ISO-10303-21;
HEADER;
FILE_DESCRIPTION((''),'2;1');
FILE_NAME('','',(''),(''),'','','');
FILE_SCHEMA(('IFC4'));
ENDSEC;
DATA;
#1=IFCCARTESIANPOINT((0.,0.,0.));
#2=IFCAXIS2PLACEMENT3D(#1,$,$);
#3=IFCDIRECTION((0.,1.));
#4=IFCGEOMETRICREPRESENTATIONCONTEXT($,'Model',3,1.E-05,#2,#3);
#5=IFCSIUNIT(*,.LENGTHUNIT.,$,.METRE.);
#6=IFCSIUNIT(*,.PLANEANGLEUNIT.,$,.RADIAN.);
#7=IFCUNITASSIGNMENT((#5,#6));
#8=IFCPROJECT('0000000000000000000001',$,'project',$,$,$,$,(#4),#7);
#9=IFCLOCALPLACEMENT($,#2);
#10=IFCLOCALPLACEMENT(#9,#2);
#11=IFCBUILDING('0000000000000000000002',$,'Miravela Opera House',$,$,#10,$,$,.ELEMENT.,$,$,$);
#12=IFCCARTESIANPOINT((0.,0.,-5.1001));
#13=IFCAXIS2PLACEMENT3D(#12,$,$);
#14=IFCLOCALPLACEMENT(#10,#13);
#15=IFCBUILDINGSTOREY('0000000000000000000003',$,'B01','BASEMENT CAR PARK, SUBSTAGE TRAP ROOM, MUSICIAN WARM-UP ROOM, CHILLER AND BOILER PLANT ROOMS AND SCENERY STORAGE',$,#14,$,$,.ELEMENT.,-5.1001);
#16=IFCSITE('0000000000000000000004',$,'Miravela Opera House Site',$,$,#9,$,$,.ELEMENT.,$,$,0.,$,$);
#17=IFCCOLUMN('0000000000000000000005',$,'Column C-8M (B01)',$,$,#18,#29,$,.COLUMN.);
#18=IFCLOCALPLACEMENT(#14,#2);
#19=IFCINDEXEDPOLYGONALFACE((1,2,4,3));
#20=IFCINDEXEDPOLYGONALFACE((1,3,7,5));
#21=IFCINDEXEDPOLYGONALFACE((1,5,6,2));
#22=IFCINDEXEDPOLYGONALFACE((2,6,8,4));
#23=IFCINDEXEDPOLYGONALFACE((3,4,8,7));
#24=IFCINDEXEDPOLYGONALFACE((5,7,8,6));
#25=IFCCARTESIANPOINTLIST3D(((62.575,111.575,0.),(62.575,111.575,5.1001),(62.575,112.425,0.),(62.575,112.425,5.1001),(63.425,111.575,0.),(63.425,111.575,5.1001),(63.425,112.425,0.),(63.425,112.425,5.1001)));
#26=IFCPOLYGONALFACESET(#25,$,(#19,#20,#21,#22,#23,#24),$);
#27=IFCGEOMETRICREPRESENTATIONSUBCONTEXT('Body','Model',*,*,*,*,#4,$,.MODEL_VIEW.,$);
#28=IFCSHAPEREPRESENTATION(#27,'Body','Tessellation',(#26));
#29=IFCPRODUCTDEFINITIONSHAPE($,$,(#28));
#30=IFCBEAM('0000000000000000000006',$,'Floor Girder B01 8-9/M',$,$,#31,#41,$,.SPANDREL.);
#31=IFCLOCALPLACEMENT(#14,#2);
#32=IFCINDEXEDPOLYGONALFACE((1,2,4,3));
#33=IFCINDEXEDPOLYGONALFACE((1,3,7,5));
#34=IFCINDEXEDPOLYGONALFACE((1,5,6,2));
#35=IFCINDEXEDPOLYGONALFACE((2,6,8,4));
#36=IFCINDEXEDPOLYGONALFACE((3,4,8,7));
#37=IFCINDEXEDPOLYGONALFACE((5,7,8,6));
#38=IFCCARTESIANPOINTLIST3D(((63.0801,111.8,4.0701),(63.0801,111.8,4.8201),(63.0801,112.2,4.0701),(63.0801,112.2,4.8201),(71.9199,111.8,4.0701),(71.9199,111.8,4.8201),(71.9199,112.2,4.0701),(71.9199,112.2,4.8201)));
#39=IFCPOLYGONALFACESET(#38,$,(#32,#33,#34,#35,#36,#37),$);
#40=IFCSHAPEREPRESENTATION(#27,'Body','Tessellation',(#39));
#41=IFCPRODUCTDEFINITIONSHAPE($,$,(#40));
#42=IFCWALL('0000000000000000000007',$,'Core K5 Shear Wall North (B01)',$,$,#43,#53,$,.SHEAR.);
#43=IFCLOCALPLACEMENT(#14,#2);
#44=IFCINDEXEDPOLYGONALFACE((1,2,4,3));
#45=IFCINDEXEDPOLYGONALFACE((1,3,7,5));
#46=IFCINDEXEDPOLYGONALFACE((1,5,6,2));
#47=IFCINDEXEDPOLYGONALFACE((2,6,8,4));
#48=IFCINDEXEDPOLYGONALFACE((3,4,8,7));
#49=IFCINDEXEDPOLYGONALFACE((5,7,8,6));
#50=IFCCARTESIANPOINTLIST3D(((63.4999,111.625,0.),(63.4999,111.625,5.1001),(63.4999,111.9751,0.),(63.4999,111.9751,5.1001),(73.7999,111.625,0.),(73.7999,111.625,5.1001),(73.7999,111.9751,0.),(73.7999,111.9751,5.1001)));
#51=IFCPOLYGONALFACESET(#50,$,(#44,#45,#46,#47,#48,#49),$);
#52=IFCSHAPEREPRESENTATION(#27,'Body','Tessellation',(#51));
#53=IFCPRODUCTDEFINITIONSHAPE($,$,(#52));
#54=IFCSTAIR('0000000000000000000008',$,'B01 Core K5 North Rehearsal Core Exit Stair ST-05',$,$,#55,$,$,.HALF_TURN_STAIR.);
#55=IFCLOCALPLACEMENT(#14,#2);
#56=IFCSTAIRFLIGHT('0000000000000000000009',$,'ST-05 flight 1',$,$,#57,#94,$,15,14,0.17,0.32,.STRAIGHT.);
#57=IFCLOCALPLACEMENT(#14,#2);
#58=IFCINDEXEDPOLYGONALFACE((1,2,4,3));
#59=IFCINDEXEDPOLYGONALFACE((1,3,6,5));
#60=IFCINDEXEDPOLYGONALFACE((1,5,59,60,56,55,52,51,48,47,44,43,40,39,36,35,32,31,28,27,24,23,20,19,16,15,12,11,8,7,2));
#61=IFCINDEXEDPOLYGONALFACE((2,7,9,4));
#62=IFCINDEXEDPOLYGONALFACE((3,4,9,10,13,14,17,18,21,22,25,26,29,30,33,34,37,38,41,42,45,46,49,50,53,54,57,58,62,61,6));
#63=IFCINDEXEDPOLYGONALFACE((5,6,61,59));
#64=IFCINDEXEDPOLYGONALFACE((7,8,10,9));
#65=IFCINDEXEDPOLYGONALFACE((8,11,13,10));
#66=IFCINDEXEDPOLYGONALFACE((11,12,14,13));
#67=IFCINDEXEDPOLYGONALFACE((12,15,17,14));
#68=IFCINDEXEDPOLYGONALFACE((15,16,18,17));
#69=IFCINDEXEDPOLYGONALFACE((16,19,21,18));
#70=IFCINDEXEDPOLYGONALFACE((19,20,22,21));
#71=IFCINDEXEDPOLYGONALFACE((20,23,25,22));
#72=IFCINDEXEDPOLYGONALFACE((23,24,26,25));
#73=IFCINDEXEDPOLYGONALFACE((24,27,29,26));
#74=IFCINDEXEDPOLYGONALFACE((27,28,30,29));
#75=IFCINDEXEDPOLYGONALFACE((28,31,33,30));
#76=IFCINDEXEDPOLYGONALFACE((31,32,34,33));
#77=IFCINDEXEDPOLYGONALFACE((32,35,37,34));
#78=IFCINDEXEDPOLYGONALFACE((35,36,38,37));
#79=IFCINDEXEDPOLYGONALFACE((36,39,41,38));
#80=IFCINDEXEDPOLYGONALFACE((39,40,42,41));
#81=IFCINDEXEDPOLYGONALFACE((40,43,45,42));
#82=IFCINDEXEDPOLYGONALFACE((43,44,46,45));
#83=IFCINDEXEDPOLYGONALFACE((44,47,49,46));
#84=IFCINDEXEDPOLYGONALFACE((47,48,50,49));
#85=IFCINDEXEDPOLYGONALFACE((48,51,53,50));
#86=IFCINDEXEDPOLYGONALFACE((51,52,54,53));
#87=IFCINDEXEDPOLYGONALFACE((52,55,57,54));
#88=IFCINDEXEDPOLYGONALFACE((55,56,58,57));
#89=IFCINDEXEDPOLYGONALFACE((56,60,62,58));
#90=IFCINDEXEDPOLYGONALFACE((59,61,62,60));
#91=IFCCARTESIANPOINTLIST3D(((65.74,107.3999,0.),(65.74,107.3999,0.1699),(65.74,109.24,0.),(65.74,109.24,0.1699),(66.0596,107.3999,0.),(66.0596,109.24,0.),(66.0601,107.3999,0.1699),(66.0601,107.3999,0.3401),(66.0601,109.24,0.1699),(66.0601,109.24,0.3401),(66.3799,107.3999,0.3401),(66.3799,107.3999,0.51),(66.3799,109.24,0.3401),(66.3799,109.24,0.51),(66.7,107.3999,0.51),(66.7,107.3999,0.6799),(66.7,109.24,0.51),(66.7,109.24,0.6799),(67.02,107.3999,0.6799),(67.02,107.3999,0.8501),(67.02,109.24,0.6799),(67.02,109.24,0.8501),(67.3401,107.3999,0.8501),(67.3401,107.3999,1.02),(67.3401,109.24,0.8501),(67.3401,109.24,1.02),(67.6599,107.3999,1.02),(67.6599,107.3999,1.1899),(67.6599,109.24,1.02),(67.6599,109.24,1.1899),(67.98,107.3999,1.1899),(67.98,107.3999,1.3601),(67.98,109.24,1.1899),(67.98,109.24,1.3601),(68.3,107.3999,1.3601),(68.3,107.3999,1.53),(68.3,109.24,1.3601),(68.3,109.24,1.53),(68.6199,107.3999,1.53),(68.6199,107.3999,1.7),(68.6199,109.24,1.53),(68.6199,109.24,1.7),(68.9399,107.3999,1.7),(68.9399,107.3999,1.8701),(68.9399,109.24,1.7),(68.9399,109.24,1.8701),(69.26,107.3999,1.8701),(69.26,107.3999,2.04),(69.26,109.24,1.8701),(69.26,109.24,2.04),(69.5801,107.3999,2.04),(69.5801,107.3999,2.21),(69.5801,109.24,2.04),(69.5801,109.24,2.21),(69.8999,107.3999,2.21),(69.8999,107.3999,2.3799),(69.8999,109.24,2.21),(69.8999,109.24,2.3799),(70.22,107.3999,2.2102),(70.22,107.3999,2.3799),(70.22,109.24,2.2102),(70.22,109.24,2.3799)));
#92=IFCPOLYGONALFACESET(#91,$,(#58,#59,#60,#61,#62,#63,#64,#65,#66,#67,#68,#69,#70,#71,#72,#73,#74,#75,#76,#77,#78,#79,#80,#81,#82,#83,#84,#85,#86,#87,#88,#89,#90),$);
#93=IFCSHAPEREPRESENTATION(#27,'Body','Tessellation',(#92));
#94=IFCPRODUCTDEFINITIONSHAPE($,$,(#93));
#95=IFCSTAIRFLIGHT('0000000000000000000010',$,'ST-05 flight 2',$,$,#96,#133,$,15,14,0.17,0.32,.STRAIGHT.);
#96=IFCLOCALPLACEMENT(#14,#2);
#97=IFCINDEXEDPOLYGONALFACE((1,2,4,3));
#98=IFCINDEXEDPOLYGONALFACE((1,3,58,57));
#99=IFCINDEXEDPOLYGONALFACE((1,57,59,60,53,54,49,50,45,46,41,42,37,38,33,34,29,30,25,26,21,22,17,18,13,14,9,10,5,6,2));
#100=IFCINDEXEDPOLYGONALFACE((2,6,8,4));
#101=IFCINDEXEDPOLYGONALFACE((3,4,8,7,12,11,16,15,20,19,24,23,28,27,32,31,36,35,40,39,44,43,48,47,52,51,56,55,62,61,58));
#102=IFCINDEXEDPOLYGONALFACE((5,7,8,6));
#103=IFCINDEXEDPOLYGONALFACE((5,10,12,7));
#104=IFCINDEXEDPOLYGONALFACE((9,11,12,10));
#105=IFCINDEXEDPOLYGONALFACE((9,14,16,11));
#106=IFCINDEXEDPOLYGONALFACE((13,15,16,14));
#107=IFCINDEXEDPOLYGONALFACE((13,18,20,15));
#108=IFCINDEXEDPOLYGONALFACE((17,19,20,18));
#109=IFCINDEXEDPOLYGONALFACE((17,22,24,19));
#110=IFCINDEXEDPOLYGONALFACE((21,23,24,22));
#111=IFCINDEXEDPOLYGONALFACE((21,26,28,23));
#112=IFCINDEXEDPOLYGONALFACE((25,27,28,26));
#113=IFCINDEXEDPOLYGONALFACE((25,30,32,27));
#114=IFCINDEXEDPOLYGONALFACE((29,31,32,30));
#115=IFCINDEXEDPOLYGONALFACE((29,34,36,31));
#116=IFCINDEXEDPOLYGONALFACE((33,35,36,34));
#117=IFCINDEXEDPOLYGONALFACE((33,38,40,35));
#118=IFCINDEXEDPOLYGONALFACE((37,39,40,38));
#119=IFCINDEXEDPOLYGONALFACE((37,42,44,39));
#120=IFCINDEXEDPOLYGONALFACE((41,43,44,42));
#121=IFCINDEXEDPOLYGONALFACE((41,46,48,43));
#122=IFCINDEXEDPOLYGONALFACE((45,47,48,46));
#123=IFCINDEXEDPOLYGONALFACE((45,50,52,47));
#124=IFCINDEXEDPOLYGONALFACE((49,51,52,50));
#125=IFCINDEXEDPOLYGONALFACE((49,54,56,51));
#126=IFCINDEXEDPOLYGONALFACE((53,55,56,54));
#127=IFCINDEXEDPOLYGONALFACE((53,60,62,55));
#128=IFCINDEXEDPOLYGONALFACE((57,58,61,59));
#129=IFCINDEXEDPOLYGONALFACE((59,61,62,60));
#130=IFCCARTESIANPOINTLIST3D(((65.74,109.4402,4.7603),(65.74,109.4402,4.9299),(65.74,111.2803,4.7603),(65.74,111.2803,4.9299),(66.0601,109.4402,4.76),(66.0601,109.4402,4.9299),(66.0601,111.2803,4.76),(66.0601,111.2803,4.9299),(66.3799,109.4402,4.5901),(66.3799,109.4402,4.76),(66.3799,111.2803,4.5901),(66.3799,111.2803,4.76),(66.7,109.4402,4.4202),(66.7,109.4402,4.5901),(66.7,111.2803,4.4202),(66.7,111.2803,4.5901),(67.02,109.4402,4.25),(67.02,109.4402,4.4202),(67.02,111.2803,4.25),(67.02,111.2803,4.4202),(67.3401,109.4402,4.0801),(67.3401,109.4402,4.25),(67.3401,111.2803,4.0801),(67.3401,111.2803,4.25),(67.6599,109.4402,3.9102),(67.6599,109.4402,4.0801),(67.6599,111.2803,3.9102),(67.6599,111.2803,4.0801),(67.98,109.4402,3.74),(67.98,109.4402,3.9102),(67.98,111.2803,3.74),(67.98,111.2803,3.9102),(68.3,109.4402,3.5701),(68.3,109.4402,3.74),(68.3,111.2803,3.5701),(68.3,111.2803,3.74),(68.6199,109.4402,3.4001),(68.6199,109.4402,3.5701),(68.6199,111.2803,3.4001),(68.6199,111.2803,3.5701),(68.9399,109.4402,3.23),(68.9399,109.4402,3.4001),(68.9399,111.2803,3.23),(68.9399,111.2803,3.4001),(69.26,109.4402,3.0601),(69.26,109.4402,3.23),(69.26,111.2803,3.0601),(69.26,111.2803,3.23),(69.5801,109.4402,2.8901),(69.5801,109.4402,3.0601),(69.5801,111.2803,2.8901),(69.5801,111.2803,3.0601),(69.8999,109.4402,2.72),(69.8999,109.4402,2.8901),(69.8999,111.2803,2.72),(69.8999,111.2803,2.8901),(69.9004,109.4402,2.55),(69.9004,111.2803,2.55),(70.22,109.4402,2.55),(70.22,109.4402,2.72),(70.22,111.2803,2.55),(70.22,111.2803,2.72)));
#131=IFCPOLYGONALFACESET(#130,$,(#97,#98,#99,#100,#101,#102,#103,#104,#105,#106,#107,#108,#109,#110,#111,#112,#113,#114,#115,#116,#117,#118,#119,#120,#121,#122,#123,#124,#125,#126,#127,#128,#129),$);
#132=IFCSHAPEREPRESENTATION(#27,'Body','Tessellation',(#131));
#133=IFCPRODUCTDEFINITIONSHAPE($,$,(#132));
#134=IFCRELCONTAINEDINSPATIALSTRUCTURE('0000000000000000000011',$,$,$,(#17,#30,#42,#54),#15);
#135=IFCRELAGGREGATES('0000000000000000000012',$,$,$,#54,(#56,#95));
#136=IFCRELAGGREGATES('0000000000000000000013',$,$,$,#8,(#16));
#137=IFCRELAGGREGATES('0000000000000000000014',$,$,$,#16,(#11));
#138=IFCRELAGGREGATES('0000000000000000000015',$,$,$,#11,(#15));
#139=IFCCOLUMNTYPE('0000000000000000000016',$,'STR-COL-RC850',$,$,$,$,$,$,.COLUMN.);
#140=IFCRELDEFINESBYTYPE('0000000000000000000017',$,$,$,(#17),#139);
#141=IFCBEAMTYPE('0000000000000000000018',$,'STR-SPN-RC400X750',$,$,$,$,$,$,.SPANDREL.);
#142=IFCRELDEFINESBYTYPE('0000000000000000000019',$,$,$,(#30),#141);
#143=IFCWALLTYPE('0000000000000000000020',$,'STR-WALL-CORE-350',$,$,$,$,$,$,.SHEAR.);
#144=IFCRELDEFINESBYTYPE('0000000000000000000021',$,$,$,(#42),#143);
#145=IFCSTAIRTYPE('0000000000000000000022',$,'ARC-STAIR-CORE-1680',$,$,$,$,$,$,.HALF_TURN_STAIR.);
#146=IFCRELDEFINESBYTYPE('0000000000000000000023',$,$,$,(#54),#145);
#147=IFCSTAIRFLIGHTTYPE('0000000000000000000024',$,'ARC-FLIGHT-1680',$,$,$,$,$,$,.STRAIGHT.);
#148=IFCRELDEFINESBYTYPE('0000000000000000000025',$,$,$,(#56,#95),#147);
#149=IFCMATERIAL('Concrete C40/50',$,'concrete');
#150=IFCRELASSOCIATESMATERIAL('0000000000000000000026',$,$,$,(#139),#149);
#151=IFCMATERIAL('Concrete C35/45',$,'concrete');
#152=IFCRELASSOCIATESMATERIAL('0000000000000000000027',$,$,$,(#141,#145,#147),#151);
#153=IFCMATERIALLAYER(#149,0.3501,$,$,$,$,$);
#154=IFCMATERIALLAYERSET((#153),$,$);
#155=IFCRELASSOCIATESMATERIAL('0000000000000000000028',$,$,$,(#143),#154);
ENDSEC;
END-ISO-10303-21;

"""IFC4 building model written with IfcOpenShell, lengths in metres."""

from ifc_helpers import new_model, si_unit, direction, frame, frame_2d, origin, origin_2d, place, context, subcontext, project, spatial, polyline, rectangle, outline, extrude, material, layer, layer_set, material_profile, profile_set, type_object, element, aggregate, save


model = new_model("IFC4")

# Units and contexts
model_context = context("Model", 3, precision=1e-05, world=origin(), true_north=direction((0.0, 1.0)))
body_context = subcontext(model_context, "Body", "Model", "MODEL_VIEW")
ifc_project = project(units=[si_unit("LENGTHUNIT", "METRE"), si_unit("PLANEANGLEUNIT", "RADIAN")], contexts=[model_context])

# Site, building, storey
site_placement = place(None, origin())
site = spatial("IfcSite", under=ifc_project, at=site_placement, Name="Miravela Opera House Site", CompositionType="ELEMENT", RefElevation=0.0)
building_placement = place(site_placement, origin())
building = spatial("IfcBuilding", under=site, at=building_placement, Name="Miravela Opera House", CompositionType="ELEMENT")
storey_placement = place(building_placement, frame((0.0, 0.0, -5.1001)))
storey = spatial("IfcBuildingStorey", under=building, at=storey_placement, Name="B01", Description="BASEMENT CAR PARK, SUBSTAGE TRAP ROOM, MUSICIAN WARM-UP ROOM, CHILLER AND BOILER PLANT ROOMS AND SCENERY STORAGE", CompositionType="ELEMENT", Elevation=-5.1001)

# Shared definitions
ifc_material_1 = material(Name="Concrete C35/45", Category="concrete")

# Column
ifc_material_2 = material(Name="Concrete C40/50", Category="concrete")
ifc_material_profile_1 = material_profile(ifc_material_2, rectangle(XDim=0.8501, YDim=0.8501, at=origin_2d()), Name="RC-COL-850X850")
ifc_profile_set_1 = profile_set([ifc_material_profile_1])
column_type_1 = type_object("IfcColumnType", Name="STR-COL-RC850", PredefinedType="COLUMN", material=ifc_profile_set_1)
column_placement = place(storey_placement, frame((63.0, 112.0, 0.0), z_axis=(0.0, 0.0, 1.0), x_axis=(1.0, 0.0, 0.0)))
element("IfcColumn", 1, at=column_placement, inside=storey, type_object=column_type_1, Name="Column C-8M (B01)", PredefinedType="COLUMN", context=body_context, shape_type="SweptSolid", body=[
    extrude(rectangle(XDim=0.8501, YDim=0.8501, at=origin_2d()), origin(), (0.0, 0.0, 1.0), 5.1001),
])

# Beam
ifc_material_profile_2 = material_profile(ifc_material_1, rectangle(XDim=0.3999, YDim=0.75, at=origin_2d()), Name="RC-SPN-400X750")
ifc_profile_set_2 = profile_set([ifc_material_profile_2])
beam_type = type_object("IfcBeamType", Name="STR-SPN-RC400X750", PredefinedType="SPANDREL", material=ifc_profile_set_2)
beam_placement = place(storey_placement, frame((63.0801, 112.0, 4.4451), z_axis=(1.0, 0.0, 0.0), x_axis=(0.0, 1.0, 0.0)))
element("IfcBeam", 2, at=beam_placement, inside=storey, type_object=beam_type, Name="Floor Girder B01 8-9/M", PredefinedType="SPANDREL", context=body_context, shape_type="SweptSolid", body=[
    extrude(rectangle(XDim=0.3999, YDim=0.75, at=origin_2d()), origin(), (0.0, 0.0, 1.0), 8.8398),
])

# Wall
ifc_layer = layer(ifc_material_2, 0.3501)
ifc_layer_set = layer_set([ifc_layer])
wall_type = type_object("IfcWallType", Name="STR-WALL-CORE-350", PredefinedType="SHEAR", material=ifc_layer_set)
wall_placement = place(storey_placement, frame((63.5, 111.8, 0.0), z_axis=(0.0, 0.0, 1.0), x_axis=(1.0, 0.0, 0.0)))
element("IfcWall", 3, at=wall_placement, inside=storey, type_object=wall_type, Name="Core K5 Shear Wall North (B01)", PredefinedType="SHEAR", context=body_context, shape_type="SweptSolid", body=[
    extrude(rectangle(XDim=10.3, YDim=0.3501, at=frame_2d((5.1499, 0.0))), origin(), (0.0, 0.0, 1.0), 5.1001),
])

# Stair, stair flights
stair_type = type_object("IfcStairType", Name="ARC-STAIR-CORE-1680", PredefinedType="HALF_TURN_STAIR", material=ifc_material_1)
stair_placement = place(storey_placement, origin())
stair = element("IfcStair", 4, at=stair_placement, inside=storey, type_object=stair_type, Name="B01 Core K5 North Rehearsal Core Exit Stair ST-05", PredefinedType="HALF_TURN_STAIR")
stair_flight_type = type_object("IfcStairFlightType", Name="ARC-FLIGHT-1680", PredefinedType="STRAIGHT", material=ifc_material_1)
stair_flight_1_placement = place(storey_placement, frame((65.74, 108.3201, 0.0), z_axis=(0.0, 0.0, 1.0), x_axis=(1.0, 0.0, 0.0)))
stair_flight_1 = element("IfcStairFlight", 5, at=stair_flight_1_placement, type_object=stair_flight_type, Name="ST-05 flight 1", NumberOfRisers=15, NumberOfTreads=14, PredefinedType="STRAIGHT", RiserHeight=0.17, TreadLength=0.32, context=body_context, shape_type="SweptSolid", body=[
    extrude(outline(polyline([(0.0, 0.0), (0.0, 0.1699), (0.3201, 0.1699), (0.3201, 0.3401), (0.6399, 0.3401), (0.6399, 0.51), (0.96, 0.51), (0.96, 0.6799), (1.28, 0.6799), (1.28, 0.8501), (1.6001, 0.8501), (1.6001, 1.02), (1.9199, 1.02), (1.9199, 1.1899), (2.24, 1.1899), (2.24, 1.3601), (2.5601, 1.3601), (2.5601, 1.53), (2.8799, 1.53), (2.8799, 1.7), (3.2, 1.7), (3.2, 1.8701), (3.52, 1.8701), (3.52, 2.04), (3.8401, 2.04), (3.8401, 2.21), (4.1599, 2.21), (4.1599, 2.3799), (4.48, 2.3799), (4.48, 2.55), (4.48, 2.2102), (0.3196, 0.0), (0.0, 0.0)])), frame((0.0, 0.9199, 0.0), z_axis=(0.0, -1.0, 0.0), x_axis=(1.0, 0.0, 0.0)), (0.0, 0.0, 1.0), 1.8401),
])
stair_flight_2_placement = place(storey_placement, frame((70.22, 110.3601, 2.55), z_axis=(0.0, 0.0, 1.0), x_axis=(-1.0, 0.0, 0.0)))
stair_flight_2 = element("IfcStairFlight", 6, at=stair_flight_2_placement, type_object=stair_flight_type, Name="ST-05 flight 2", NumberOfRisers=15, NumberOfTreads=14, PredefinedType="STRAIGHT", RiserHeight=0.17, TreadLength=0.32, context=body_context, shape_type="SweptSolid", body=[
    extrude(outline(polyline([(0.0, 0.0), (0.0, 0.1699), (0.3201, 0.1699), (0.3201, 0.3401), (0.6399, 0.3401), (0.6399, 0.51), (0.96, 0.51), (0.96, 0.6799), (1.28, 0.6799), (1.28, 0.8501), (1.6001, 0.8501), (1.6001, 1.02), (1.9199, 1.02), (1.9199, 1.1899), (2.24, 1.1899), (2.24, 1.3601), (2.5601, 1.3601), (2.5601, 1.53), (2.8799, 1.53), (2.8799, 1.7), (3.2, 1.7), (3.2, 1.8701), (3.52, 1.8701), (3.52, 2.04), (3.8401, 2.04), (3.8401, 2.21), (4.1599, 2.21), (4.1599, 2.3799), (4.48, 2.3799), (4.48, 2.55), (4.48, 2.2102), (0.3196, 0.0), (0.0, 0.0)])), frame((0.0, 0.9199, 0.0), z_axis=(0.0, -1.0, 0.0), x_axis=(1.0, 0.0, 0.0)), (0.0, 0.0, 1.0), 1.8401),
])
aggregate(stair, [stair_flight_1, stair_flight_2])

save(model, "model.ifc")
